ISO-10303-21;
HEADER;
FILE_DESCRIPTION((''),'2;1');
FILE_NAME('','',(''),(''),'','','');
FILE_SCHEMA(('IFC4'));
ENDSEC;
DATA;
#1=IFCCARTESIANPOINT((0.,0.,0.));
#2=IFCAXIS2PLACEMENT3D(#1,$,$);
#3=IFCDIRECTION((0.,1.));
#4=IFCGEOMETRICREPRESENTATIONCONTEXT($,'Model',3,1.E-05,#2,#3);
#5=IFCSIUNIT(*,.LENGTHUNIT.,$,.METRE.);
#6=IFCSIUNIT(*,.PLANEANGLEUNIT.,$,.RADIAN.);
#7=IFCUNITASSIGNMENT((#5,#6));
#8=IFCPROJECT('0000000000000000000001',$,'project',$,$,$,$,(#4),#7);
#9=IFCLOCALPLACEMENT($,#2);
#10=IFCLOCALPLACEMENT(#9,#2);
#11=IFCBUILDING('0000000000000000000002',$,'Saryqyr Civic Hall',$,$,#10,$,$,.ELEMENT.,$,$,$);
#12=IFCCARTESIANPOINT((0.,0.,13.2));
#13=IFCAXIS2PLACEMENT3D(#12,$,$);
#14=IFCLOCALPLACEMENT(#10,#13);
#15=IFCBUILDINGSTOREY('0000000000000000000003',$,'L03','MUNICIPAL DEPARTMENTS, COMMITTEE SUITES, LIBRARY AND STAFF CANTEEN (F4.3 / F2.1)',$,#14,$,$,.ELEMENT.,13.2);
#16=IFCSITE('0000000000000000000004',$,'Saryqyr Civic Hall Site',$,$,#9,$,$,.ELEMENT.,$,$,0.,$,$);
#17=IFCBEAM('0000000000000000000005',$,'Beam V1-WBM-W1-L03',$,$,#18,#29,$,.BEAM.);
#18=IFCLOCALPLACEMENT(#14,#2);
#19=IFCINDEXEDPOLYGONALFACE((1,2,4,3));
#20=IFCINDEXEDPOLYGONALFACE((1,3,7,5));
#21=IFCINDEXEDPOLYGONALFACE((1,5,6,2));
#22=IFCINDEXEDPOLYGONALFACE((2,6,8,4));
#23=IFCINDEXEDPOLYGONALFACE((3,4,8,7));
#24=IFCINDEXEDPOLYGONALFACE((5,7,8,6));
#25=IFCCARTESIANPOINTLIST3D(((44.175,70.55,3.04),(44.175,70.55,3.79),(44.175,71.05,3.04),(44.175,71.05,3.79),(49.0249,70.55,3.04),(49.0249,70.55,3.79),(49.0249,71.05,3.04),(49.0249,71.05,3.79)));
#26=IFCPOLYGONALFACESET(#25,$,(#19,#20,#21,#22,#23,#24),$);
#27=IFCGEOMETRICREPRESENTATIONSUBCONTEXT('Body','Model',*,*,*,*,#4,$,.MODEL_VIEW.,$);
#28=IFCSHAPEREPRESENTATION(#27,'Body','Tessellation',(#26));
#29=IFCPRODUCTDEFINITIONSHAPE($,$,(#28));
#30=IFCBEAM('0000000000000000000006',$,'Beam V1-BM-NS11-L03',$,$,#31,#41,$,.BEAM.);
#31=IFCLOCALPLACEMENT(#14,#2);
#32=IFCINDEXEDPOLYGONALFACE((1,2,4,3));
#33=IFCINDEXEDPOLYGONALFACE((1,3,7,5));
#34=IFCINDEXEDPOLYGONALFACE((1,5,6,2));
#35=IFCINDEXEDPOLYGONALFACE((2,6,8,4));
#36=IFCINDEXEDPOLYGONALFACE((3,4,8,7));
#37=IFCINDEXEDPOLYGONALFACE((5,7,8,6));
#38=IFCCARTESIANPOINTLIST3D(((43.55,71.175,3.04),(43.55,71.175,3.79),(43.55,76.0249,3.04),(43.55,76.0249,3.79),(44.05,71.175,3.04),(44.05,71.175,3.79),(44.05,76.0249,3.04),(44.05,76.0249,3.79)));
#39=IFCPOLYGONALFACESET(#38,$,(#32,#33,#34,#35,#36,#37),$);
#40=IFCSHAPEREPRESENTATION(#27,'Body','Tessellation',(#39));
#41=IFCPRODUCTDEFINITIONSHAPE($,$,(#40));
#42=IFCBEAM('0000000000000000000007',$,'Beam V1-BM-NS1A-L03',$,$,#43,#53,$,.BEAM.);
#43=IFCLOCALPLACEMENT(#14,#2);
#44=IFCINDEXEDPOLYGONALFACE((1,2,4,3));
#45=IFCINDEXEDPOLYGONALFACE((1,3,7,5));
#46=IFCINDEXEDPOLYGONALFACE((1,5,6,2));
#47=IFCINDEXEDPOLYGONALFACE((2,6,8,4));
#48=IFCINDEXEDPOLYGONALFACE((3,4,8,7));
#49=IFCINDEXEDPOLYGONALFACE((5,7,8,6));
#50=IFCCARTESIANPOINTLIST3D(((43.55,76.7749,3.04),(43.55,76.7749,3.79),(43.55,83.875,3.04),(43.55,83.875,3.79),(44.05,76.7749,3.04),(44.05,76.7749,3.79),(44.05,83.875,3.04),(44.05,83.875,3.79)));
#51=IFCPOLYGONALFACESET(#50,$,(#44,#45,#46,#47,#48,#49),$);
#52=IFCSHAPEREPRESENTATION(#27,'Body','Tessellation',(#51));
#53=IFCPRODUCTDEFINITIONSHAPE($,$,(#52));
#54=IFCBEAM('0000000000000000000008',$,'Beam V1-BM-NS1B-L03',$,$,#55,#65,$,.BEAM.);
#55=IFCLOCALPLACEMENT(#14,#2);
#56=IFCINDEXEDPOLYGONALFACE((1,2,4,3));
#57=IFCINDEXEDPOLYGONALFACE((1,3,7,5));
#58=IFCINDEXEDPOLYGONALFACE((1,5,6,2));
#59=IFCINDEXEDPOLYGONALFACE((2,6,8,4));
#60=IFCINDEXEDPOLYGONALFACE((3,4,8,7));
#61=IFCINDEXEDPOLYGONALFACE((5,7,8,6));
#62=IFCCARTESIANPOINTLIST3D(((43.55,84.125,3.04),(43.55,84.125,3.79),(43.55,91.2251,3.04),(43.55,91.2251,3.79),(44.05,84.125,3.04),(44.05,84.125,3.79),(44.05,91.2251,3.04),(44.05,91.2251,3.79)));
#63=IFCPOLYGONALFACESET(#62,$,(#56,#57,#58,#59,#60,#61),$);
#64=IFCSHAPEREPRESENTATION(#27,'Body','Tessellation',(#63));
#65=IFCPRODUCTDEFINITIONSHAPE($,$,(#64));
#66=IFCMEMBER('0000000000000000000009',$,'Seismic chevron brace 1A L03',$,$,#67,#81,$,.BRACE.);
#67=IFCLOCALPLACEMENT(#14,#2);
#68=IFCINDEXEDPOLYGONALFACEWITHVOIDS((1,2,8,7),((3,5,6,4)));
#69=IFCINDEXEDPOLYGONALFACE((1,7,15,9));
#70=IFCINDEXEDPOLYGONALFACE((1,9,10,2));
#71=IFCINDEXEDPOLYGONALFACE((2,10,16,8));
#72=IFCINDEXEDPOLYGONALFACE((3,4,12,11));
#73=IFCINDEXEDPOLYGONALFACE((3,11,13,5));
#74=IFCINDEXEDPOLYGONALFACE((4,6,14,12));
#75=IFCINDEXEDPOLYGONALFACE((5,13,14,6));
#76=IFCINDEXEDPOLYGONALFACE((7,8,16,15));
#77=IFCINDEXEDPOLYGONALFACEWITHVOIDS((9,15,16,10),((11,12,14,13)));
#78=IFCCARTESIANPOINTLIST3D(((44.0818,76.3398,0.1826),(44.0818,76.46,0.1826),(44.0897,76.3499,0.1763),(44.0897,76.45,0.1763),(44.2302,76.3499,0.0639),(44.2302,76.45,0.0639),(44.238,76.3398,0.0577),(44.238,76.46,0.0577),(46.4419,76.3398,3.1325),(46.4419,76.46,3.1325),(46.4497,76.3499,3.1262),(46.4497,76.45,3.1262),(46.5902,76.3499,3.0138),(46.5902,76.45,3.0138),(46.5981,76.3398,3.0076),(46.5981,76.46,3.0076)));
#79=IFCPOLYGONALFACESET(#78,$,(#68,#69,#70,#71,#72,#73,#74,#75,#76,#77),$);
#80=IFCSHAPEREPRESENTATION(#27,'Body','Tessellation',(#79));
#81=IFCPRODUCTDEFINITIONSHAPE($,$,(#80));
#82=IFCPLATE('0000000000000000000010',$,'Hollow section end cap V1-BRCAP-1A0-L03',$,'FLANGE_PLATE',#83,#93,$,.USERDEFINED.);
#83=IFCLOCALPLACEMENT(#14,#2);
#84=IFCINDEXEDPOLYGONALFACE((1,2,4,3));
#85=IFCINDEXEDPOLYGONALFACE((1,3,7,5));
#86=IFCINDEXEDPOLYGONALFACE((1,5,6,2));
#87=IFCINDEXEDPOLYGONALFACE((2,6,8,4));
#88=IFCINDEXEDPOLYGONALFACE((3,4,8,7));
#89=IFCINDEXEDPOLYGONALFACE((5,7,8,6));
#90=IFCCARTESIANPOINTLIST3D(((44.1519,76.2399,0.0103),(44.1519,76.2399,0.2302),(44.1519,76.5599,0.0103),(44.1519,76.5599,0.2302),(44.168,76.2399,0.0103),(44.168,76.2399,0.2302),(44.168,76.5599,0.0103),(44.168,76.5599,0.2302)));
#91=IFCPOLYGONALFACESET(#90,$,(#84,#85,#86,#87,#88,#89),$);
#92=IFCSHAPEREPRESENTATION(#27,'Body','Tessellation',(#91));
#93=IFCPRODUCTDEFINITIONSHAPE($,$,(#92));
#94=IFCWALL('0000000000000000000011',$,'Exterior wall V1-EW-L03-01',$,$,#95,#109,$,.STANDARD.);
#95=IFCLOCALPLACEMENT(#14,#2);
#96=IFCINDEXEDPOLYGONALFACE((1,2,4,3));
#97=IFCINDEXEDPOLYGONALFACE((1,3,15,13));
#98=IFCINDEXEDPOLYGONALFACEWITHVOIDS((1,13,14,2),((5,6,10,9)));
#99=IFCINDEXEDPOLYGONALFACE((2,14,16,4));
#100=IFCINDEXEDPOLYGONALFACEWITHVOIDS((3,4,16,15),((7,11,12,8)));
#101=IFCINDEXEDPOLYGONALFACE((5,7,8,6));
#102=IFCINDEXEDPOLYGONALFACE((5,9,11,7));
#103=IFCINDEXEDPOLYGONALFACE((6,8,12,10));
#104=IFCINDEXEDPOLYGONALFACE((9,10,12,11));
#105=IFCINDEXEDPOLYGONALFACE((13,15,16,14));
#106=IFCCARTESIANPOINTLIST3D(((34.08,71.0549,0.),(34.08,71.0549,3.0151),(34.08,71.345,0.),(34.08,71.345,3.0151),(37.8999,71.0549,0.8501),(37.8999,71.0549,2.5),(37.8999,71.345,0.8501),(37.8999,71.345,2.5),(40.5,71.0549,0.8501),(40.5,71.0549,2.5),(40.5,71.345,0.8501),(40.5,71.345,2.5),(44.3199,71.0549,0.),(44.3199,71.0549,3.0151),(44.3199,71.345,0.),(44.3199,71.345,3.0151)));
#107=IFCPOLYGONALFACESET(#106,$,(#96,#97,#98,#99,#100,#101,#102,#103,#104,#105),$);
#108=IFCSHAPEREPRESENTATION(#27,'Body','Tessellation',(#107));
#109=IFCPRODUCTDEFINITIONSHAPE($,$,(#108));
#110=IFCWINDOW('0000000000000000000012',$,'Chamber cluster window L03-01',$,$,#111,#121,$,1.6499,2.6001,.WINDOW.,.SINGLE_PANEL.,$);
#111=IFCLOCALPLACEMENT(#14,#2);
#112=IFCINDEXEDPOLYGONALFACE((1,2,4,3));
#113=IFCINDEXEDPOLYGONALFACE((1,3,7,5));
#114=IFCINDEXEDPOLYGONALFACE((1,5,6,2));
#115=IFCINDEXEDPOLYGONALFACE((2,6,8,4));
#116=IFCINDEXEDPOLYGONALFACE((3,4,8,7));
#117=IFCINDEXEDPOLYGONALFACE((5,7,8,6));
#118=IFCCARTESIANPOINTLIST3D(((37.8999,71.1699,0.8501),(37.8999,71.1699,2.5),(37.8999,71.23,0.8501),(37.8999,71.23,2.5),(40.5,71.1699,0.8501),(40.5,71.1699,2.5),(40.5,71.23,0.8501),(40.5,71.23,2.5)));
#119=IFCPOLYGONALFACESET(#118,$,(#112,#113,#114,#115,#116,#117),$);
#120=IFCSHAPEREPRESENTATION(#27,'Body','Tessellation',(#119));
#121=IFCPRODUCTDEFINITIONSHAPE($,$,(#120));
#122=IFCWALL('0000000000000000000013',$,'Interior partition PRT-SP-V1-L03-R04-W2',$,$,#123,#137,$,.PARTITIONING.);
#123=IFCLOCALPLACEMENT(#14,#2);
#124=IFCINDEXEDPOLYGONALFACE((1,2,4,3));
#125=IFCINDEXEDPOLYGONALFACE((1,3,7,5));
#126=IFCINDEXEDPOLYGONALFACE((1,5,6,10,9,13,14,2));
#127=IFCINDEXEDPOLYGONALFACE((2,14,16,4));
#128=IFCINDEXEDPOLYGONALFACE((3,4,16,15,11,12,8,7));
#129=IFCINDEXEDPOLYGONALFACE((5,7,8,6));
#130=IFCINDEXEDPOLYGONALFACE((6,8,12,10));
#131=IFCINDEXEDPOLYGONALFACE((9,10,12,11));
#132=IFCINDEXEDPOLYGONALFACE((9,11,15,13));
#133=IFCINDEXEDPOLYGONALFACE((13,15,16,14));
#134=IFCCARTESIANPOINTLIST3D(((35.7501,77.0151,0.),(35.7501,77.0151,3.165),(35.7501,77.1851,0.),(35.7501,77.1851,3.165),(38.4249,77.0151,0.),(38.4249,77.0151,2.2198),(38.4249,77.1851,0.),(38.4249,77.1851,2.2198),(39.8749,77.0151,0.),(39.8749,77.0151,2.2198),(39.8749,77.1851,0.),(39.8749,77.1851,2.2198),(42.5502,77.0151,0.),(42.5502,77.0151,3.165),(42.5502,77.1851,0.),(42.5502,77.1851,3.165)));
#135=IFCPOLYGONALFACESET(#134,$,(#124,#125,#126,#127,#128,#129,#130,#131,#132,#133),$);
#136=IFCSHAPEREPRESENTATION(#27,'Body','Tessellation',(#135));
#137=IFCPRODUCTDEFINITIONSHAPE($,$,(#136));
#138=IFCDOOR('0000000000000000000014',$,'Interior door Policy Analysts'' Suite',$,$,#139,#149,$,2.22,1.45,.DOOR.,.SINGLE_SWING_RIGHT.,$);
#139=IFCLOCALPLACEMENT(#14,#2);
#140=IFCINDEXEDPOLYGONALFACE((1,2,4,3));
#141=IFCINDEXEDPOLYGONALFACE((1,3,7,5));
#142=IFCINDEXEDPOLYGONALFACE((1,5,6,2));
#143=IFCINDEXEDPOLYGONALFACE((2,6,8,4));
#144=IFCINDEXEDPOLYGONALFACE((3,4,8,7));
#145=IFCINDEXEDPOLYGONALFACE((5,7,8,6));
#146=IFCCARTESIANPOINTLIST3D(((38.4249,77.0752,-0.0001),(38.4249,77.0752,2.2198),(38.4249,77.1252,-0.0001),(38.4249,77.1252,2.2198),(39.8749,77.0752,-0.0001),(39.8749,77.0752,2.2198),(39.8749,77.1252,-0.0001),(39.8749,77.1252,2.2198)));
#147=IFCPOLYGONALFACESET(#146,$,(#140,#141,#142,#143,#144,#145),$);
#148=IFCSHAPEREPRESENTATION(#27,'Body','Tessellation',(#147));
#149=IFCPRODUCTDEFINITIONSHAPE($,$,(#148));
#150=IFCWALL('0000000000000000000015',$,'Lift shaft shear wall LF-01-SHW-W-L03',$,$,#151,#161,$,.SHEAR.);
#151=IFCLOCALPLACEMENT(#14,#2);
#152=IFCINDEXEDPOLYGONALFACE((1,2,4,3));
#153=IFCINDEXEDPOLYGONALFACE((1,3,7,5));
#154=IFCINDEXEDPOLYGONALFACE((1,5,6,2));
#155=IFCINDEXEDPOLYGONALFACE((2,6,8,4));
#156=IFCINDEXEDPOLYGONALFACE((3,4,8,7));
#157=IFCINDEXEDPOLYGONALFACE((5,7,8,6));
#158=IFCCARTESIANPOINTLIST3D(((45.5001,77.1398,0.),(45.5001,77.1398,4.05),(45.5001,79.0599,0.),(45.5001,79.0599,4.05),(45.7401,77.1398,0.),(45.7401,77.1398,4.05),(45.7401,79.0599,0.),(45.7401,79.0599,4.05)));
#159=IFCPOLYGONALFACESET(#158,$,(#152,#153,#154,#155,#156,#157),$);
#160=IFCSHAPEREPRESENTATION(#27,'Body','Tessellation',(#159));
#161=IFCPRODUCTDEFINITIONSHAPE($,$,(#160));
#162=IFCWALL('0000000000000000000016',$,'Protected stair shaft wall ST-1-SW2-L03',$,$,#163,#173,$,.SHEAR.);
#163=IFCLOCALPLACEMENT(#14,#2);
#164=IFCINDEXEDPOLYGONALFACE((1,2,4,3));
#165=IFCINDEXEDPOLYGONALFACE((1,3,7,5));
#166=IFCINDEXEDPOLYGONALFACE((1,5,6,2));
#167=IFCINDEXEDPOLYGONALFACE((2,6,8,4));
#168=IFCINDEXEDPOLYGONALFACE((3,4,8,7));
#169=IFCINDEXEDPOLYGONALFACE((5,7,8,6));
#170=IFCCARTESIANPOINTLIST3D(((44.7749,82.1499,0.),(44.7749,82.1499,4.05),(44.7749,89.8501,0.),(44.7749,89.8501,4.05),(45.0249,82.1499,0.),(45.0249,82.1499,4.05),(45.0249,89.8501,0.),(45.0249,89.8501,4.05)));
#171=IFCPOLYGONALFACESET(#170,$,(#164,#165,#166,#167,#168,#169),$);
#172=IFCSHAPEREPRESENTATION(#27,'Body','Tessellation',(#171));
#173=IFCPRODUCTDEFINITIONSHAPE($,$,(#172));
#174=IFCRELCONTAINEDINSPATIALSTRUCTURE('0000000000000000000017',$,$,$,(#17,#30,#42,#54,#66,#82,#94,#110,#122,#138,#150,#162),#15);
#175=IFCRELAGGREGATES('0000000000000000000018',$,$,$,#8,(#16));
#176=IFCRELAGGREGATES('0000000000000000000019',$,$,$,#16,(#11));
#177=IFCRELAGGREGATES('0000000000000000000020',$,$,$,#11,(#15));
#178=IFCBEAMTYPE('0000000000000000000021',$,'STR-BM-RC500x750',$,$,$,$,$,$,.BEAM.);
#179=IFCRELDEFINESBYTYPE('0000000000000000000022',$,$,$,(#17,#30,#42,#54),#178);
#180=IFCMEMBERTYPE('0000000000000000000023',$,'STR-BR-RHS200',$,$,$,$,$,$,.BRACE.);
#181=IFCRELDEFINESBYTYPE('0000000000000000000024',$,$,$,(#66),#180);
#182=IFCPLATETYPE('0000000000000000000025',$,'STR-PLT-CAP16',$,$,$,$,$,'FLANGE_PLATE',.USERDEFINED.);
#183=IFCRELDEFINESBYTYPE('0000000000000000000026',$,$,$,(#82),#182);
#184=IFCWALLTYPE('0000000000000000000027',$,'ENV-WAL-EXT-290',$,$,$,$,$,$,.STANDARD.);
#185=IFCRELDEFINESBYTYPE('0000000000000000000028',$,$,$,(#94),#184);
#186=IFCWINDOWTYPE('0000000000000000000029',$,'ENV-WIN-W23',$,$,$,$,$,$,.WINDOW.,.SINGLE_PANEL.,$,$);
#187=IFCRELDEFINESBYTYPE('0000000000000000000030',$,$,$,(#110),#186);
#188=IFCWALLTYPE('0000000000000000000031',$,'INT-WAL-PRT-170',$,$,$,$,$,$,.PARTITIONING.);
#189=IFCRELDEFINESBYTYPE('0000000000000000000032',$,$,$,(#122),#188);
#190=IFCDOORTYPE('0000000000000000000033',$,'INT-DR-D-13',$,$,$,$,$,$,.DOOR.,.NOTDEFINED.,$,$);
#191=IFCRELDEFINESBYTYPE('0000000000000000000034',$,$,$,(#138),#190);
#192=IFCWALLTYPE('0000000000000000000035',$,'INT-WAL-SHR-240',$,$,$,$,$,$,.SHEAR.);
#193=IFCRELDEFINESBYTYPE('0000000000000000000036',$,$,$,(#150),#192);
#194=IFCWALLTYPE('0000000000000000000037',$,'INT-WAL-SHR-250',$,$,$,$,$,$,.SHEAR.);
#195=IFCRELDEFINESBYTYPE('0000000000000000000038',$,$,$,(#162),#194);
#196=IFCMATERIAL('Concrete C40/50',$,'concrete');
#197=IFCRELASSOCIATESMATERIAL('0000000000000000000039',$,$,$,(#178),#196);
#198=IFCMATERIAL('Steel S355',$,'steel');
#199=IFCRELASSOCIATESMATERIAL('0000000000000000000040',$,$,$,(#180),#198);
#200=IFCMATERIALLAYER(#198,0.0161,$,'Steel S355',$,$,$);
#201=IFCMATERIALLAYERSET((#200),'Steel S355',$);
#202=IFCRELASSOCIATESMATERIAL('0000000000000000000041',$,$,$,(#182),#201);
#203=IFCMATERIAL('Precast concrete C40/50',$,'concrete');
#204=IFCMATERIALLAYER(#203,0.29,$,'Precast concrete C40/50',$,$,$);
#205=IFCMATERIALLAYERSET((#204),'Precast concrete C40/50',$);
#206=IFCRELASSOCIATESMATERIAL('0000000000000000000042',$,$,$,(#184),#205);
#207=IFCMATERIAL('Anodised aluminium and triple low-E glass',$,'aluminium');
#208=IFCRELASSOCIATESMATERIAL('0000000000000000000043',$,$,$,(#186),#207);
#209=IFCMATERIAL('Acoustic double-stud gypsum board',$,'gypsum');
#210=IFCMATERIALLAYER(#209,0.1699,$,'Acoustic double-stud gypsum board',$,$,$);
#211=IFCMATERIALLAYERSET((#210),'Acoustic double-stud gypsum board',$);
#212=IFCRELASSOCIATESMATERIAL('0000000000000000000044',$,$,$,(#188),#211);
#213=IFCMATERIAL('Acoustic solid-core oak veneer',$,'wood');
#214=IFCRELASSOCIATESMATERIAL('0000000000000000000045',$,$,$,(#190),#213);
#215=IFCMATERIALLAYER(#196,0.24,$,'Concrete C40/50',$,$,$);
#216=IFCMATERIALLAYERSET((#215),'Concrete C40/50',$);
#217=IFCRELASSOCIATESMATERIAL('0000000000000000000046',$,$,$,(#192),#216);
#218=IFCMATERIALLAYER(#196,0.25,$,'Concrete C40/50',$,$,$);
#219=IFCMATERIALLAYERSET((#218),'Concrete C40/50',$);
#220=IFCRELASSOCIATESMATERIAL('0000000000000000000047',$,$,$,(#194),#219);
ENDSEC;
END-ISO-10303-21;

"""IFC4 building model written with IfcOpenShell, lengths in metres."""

from ifc_helpers import new_model, si_unit, direction, frame, frame_2d, origin, origin_2d, place, context, subcontext, project, spatial, rectangle, hollow_rectangle, extrude, material, layer, layer_set, material_profile, profile_set, type_object, element, fill, save


model = new_model("IFC4")

# Units and contexts
model_context = context("Model", 3, precision=1e-05, world=origin(), true_north=direction((0.0, 1.0)))
body_context = subcontext(model_context, "Body", "Model", "MODEL_VIEW")
ifc_project = project(units=[si_unit("LENGTHUNIT", "METRE"), si_unit("PLANEANGLEUNIT", "RADIAN")], contexts=[model_context])

# Site, building, storey
site_placement = place(None, origin())
site = spatial("IfcSite", under=ifc_project, at=site_placement, Name="Saryqyr Civic Hall Site", CompositionType="ELEMENT", RefElevation=0.0)
building_placement = place(site_placement, origin())
building = spatial("IfcBuilding", under=site, at=building_placement, Name="Saryqyr Civic Hall", CompositionType="ELEMENT")
storey_placement = place(building_placement, frame((0.0, 0.0, 13.2)))
storey = spatial("IfcBuildingStorey", under=building, at=storey_placement, Name="L03", Description="MUNICIPAL DEPARTMENTS, COMMITTEE SUITES, LIBRARY AND STAFF CANTEEN (F4.3 / F2.1)", CompositionType="ELEMENT", Elevation=13.2)

# Shared definitions
ifc_material_1 = material(Name="Steel S355", Category="steel")
ifc_material_2 = material(Name="Concrete C40/50", Category="concrete")

# Shared definitions
ifc_material_3 = material(Name="Anodised aluminium and triple low-E glass", Category="aluminium")

# Beams
ifc_material_profile_1 = material_profile(ifc_material_2, rectangle(XDim=0.5, YDim=0.75, at=origin_2d()), Name="RC 500x750")
ifc_profile_set_1 = profile_set([ifc_material_profile_1], Name="Concrete C40/50")
beam_type_1 = type_object("IfcBeamType", Name="STR-BM-RC500x750", PredefinedType="BEAM", material=ifc_profile_set_1)
for number, where, z_axis, x_axis, name in (
    (1, (44.175, 70.8, 3.415), (1.0, 0.0, 0.0), (0.0, 1.0, 0.0), "Beam V1-WBM-W1-L03"),
    (2, (43.8, 71.175, 3.415), (0.0, 1.0, 0.0), (-1.0, 0.0, 0.0), "Beam V1-BM-NS11-L03"),
):
    element("IfcBeam", number, at=place(storey_placement, frame(where, z_axis=z_axis, x_axis=x_axis)), inside=storey, type_object=beam_type_1, Name=name, PredefinedType="BEAM", context=body_context, shape_type="SweptSolid", body=[
        extrude(rectangle(XDim=0.5, YDim=0.75, at=origin_2d()), origin(), (0.0, 0.0, 1.0), 4.8499),
    ])
for number, where, z_axis, x_axis, name in (
    (3, (43.8, 76.7749, 3.415), (0.0, 1.0, 0.0), (-1.0, 0.0, 0.0), "Beam V1-BM-NS1A-L03"),
    (4, (43.8, 84.125, 3.415), (0.0, 1.0, 0.0), (-1.0, 0.0, 0.0), "Beam V1-BM-NS1B-L03"),
):
    element("IfcBeam", number, at=place(storey_placement, frame(where, z_axis=z_axis, x_axis=x_axis)), inside=storey, type_object=beam_type_1, Name=name, PredefinedType="BEAM", context=body_context, shape_type="SweptSolid", body=[
        extrude(rectangle(XDim=0.5, YDim=0.75, at=origin_2d()), origin(), (0.0, 0.0, 1.0), 7.1001),
    ])

# Member
ifc_material_profile_2 = material_profile(ifc_material_1, hollow_rectangle(XDim=0.1201, YDim=0.2, WallThickness=0.01, at=origin_2d()), Name="RHS 200x120x10")
ifc_profile_set_2 = profile_set([ifc_material_profile_2], Name="Steel S355")
member_type_1 = type_object("IfcMemberType", Name="STR-BR-RHS200", PredefinedType="BRACE", material=ifc_profile_set_2)
member_1_placement = place(storey_placement, frame((44.1599, 76.3999, 0.1201), z_axis=(0.624719, 0.0, 0.78085), x_axis=(0.0, 1.0, 0.0)))
element("IfcMember", 5, at=member_1_placement, inside=storey, type_object=member_type_1, Name="Seismic chevron brace 1A L03", PredefinedType="BRACE", context=body_context, shape_type="SweptSolid", body=[
    extrude(hollow_rectangle(XDim=0.1201, YDim=0.2, WallThickness=0.01, at=origin_2d()), origin(), (0.0, 0.0, 1.0), 3.7778),
])

# Plate
ifc_layer_1 = layer(ifc_material_1, 0.0161, Name="Steel S355")
ifc_layer_set_1 = layer_set([ifc_layer_1], Name="Steel S355")
plate_type = type_object("IfcPlateType", Name="STR-PLT-CAP16", ElementType="FLANGE_PLATE", PredefinedType="USERDEFINED", material=ifc_layer_set_1)
plate_placement = place(storey_placement, frame((44.1599, 76.3999, 0.0103), z_axis=(0.0, 0.0, 1.0), x_axis=(1.0, 0.0, 0.0)))
element("IfcPlate", 6, at=plate_placement, inside=storey, type_object=plate_type, Name="Hollow section end cap V1-BRCAP-1A0-L03", ObjectType="FLANGE_PLATE", PredefinedType="USERDEFINED", context=body_context, shape_type="SweptSolid", body=[
    extrude(rectangle(XDim=0.0161, YDim=0.3201, at=origin_2d()), origin(), (0.0, 0.0, 1.0), 0.22),
])

# Wall, opening, window
ifc_material_4 = material(Name="Precast concrete C40/50", Category="concrete")
ifc_layer_2 = layer(ifc_material_4, 0.29, Name="Precast concrete C40/50")
ifc_layer_set_2 = layer_set([ifc_layer_2], Name="Precast concrete C40/50")
wall_type_1 = type_object("IfcWallType", Name="ENV-WAL-EXT-290", PredefinedType="STANDARD", material=ifc_layer_set_2)
wall_1_placement = place(storey_placement, frame((44.3201, 71.2, 0.0), z_axis=(0.0, 0.0, 1.0), x_axis=(-1.0, 0.0, 0.0)))
wall_1 = element("IfcWall", 7, at=wall_1_placement, inside=storey, type_object=wall_type_1, Name="Exterior wall V1-EW-L03-01", PredefinedType="STANDARD", context=body_context, shape_type="SweptSolid", body=[
    extrude(rectangle(XDim=10.24, YDim=0.29, at=frame_2d((5.1201, 0.0))), origin(), (0.0, 0.0, 1.0), 3.0151),
])
opening_1_placement = place(wall_1_placement, frame((3.8201, 0.0, 0.8501)))
opening_1 = element("IfcOpeningElement", 8, at=opening_1_placement, cuts=wall_1, PredefinedType="OPENING", context=body_context, shape_type="SweptSolid", body=[
    extrude(rectangle(XDim=2.6001, YDim=1.6499, at=frame_2d((1.3, 0.825))), frame((0.0, 0.155, 0.0), z_axis=(0.0, -1.0, 0.0), x_axis=(1.0, 0.0, 0.0)), (0.0, 0.0, 1.0), 0.3101),
])
window_type = type_object("IfcWindowType", Name="ENV-WIN-W23", PartitioningType="SINGLE_PANEL", PredefinedType="WINDOW", material=ifc_material_3)
window_placement = place(opening_1_placement, origin())
window = element("IfcWindow", 9, at=window_placement, inside=storey, type_object=window_type, Name="Chamber cluster window L03-01", OverallHeight=1.6499, OverallWidth=2.6001, PartitioningType="SINGLE_PANEL", PredefinedType="WINDOW", context=body_context, shape_type="SweptSolid", body=[
    extrude(rectangle(XDim=2.6001, YDim=1.6499, at=frame_2d((1.3, 0.825))), frame((0.0, 0.03, 0.0), z_axis=(0.0, -1.0, 0.0), x_axis=(1.0, 0.0, 0.0)), (0.0, 0.0, 1.0), 0.0601),
])
fill(opening_1, window)

# Wall, opening, door
ifc_material_5 = material(Name="Acoustic double-stud gypsum board", Category="gypsum")
ifc_layer_3 = layer(ifc_material_5, 0.1699, Name="Acoustic double-stud gypsum board")
ifc_layer_set_3 = layer_set([ifc_layer_3], Name="Acoustic double-stud gypsum board")
wall_type_2 = type_object("IfcWallType", Name="INT-WAL-PRT-170", PredefinedType="PARTITIONING", material=ifc_layer_set_3)
wall_2_placement = place(storey_placement, frame((42.55, 77.1001, 0.0), z_axis=(0.0, 0.0, 1.0), x_axis=(-1.0, 0.0, 0.0)))
wall_2 = element("IfcWall", 10, at=wall_2_placement, inside=storey, type_object=wall_type_2, Name="Interior partition PRT-SP-V1-L03-R04-W2", PredefinedType="PARTITIONING", context=body_context, shape_type="SweptSolid", body=[
    extrude(rectangle(XDim=6.8, YDim=0.1699, at=frame_2d((3.3999, 0.0))), origin(), (0.0, 0.0, 1.0), 3.165),
])
opening_2_placement = place(wall_2_placement, frame((2.675, 0.0, 0.0)))
opening_2 = element("IfcOpeningElement", 11, at=opening_2_placement, cuts=wall_2, PredefinedType="OPENING", context=body_context, shape_type="SweptSolid", body=[
    extrude(rectangle(XDim=1.45, YDim=2.22, at=frame_2d((0.7251, 1.1099))), frame((0.0, 0.095, 0.0), z_axis=(0.0, -1.0, 0.0), x_axis=(1.0, 0.0, 0.0)), (0.0, 0.0, 1.0), 0.1899),
])
ifc_material_6 = material(Name="Acoustic solid-core oak veneer", Category="wood")
door_type_1 = type_object("IfcDoorType", Name="INT-DR-D-13", OperationType="NOTDEFINED", PredefinedType="DOOR", material=ifc_material_6)
door_1_placement = place(opening_2_placement, origin())
door_1 = element("IfcDoor", 12, at=door_1_placement, inside=storey, type_object=door_type_1, Name="Interior door Policy Analysts' Suite", OperationType="SINGLE_SWING_RIGHT", OverallHeight=2.22, OverallWidth=1.45, PredefinedType="DOOR", context=body_context, shape_type="SweptSolid", body=[
    extrude(rectangle(XDim=1.45, YDim=2.22, at=frame_2d((0.7251, 1.1099))), frame((0.0, 0.0249, 0.0), z_axis=(0.0, -1.0, 0.0), x_axis=(1.0, 0.0, 0.0)), (0.0, 0.0, 1.0), 0.05),
])
fill(opening_2, door_1)
ifc_layer_4 = layer(ifc_material_2, 0.24, Name="Concrete C40/50")
ifc_layer_set_4 = layer_set([ifc_layer_4], Name="Concrete C40/50")
wall_type_3 = type_object("IfcWallType", Name="INT-WAL-SHR-240", PredefinedType="SHEAR", material=ifc_layer_set_4)

# Walls
wall_3_placement = place(storey_placement, frame((45.6201, 77.1399, 0.0), z_axis=(0.0, 0.0, 1.0), x_axis=(0.0, 1.0, 0.0)))
element("IfcWall", 13, at=wall_3_placement, inside=storey, type_object=wall_type_3, Name="Lift shaft shear wall LF-01-SHW-W-L03", PredefinedType="SHEAR", context=body_context, shape_type="SweptSolid", body=[
    extrude(rectangle(XDim=1.9202, YDim=0.24, at=frame_2d((0.96, 0.0))), origin(), (0.0, 0.0, 1.0), 4.05),
])
ifc_layer_5 = layer(ifc_material_2, 0.25, Name="Concrete C40/50")
ifc_layer_set_5 = layer_set([ifc_layer_5], Name="Concrete C40/50")
wall_type_4 = type_object("IfcWallType", Name="INT-WAL-SHR-250", PredefinedType="SHEAR", material=ifc_layer_set_5)
wall_4_placement = place(storey_placement, frame((44.8999, 82.1499, 0.0), z_axis=(0.0, 0.0, 1.0), x_axis=(0.0, 1.0, 0.0)))
element("IfcWall", 14, at=wall_4_placement, inside=storey, type_object=wall_type_4, Name="Protected stair shaft wall ST-1-SW2-L03", PredefinedType="SHEAR", context=body_context, shape_type="SweptSolid", body=[
    extrude(rectangle(XDim=7.7002, YDim=0.25, at=frame_2d((3.8501, 0.0))), origin(), (0.0, 0.0, 1.0), 4.05),
])

save(model, "model.ifc")
